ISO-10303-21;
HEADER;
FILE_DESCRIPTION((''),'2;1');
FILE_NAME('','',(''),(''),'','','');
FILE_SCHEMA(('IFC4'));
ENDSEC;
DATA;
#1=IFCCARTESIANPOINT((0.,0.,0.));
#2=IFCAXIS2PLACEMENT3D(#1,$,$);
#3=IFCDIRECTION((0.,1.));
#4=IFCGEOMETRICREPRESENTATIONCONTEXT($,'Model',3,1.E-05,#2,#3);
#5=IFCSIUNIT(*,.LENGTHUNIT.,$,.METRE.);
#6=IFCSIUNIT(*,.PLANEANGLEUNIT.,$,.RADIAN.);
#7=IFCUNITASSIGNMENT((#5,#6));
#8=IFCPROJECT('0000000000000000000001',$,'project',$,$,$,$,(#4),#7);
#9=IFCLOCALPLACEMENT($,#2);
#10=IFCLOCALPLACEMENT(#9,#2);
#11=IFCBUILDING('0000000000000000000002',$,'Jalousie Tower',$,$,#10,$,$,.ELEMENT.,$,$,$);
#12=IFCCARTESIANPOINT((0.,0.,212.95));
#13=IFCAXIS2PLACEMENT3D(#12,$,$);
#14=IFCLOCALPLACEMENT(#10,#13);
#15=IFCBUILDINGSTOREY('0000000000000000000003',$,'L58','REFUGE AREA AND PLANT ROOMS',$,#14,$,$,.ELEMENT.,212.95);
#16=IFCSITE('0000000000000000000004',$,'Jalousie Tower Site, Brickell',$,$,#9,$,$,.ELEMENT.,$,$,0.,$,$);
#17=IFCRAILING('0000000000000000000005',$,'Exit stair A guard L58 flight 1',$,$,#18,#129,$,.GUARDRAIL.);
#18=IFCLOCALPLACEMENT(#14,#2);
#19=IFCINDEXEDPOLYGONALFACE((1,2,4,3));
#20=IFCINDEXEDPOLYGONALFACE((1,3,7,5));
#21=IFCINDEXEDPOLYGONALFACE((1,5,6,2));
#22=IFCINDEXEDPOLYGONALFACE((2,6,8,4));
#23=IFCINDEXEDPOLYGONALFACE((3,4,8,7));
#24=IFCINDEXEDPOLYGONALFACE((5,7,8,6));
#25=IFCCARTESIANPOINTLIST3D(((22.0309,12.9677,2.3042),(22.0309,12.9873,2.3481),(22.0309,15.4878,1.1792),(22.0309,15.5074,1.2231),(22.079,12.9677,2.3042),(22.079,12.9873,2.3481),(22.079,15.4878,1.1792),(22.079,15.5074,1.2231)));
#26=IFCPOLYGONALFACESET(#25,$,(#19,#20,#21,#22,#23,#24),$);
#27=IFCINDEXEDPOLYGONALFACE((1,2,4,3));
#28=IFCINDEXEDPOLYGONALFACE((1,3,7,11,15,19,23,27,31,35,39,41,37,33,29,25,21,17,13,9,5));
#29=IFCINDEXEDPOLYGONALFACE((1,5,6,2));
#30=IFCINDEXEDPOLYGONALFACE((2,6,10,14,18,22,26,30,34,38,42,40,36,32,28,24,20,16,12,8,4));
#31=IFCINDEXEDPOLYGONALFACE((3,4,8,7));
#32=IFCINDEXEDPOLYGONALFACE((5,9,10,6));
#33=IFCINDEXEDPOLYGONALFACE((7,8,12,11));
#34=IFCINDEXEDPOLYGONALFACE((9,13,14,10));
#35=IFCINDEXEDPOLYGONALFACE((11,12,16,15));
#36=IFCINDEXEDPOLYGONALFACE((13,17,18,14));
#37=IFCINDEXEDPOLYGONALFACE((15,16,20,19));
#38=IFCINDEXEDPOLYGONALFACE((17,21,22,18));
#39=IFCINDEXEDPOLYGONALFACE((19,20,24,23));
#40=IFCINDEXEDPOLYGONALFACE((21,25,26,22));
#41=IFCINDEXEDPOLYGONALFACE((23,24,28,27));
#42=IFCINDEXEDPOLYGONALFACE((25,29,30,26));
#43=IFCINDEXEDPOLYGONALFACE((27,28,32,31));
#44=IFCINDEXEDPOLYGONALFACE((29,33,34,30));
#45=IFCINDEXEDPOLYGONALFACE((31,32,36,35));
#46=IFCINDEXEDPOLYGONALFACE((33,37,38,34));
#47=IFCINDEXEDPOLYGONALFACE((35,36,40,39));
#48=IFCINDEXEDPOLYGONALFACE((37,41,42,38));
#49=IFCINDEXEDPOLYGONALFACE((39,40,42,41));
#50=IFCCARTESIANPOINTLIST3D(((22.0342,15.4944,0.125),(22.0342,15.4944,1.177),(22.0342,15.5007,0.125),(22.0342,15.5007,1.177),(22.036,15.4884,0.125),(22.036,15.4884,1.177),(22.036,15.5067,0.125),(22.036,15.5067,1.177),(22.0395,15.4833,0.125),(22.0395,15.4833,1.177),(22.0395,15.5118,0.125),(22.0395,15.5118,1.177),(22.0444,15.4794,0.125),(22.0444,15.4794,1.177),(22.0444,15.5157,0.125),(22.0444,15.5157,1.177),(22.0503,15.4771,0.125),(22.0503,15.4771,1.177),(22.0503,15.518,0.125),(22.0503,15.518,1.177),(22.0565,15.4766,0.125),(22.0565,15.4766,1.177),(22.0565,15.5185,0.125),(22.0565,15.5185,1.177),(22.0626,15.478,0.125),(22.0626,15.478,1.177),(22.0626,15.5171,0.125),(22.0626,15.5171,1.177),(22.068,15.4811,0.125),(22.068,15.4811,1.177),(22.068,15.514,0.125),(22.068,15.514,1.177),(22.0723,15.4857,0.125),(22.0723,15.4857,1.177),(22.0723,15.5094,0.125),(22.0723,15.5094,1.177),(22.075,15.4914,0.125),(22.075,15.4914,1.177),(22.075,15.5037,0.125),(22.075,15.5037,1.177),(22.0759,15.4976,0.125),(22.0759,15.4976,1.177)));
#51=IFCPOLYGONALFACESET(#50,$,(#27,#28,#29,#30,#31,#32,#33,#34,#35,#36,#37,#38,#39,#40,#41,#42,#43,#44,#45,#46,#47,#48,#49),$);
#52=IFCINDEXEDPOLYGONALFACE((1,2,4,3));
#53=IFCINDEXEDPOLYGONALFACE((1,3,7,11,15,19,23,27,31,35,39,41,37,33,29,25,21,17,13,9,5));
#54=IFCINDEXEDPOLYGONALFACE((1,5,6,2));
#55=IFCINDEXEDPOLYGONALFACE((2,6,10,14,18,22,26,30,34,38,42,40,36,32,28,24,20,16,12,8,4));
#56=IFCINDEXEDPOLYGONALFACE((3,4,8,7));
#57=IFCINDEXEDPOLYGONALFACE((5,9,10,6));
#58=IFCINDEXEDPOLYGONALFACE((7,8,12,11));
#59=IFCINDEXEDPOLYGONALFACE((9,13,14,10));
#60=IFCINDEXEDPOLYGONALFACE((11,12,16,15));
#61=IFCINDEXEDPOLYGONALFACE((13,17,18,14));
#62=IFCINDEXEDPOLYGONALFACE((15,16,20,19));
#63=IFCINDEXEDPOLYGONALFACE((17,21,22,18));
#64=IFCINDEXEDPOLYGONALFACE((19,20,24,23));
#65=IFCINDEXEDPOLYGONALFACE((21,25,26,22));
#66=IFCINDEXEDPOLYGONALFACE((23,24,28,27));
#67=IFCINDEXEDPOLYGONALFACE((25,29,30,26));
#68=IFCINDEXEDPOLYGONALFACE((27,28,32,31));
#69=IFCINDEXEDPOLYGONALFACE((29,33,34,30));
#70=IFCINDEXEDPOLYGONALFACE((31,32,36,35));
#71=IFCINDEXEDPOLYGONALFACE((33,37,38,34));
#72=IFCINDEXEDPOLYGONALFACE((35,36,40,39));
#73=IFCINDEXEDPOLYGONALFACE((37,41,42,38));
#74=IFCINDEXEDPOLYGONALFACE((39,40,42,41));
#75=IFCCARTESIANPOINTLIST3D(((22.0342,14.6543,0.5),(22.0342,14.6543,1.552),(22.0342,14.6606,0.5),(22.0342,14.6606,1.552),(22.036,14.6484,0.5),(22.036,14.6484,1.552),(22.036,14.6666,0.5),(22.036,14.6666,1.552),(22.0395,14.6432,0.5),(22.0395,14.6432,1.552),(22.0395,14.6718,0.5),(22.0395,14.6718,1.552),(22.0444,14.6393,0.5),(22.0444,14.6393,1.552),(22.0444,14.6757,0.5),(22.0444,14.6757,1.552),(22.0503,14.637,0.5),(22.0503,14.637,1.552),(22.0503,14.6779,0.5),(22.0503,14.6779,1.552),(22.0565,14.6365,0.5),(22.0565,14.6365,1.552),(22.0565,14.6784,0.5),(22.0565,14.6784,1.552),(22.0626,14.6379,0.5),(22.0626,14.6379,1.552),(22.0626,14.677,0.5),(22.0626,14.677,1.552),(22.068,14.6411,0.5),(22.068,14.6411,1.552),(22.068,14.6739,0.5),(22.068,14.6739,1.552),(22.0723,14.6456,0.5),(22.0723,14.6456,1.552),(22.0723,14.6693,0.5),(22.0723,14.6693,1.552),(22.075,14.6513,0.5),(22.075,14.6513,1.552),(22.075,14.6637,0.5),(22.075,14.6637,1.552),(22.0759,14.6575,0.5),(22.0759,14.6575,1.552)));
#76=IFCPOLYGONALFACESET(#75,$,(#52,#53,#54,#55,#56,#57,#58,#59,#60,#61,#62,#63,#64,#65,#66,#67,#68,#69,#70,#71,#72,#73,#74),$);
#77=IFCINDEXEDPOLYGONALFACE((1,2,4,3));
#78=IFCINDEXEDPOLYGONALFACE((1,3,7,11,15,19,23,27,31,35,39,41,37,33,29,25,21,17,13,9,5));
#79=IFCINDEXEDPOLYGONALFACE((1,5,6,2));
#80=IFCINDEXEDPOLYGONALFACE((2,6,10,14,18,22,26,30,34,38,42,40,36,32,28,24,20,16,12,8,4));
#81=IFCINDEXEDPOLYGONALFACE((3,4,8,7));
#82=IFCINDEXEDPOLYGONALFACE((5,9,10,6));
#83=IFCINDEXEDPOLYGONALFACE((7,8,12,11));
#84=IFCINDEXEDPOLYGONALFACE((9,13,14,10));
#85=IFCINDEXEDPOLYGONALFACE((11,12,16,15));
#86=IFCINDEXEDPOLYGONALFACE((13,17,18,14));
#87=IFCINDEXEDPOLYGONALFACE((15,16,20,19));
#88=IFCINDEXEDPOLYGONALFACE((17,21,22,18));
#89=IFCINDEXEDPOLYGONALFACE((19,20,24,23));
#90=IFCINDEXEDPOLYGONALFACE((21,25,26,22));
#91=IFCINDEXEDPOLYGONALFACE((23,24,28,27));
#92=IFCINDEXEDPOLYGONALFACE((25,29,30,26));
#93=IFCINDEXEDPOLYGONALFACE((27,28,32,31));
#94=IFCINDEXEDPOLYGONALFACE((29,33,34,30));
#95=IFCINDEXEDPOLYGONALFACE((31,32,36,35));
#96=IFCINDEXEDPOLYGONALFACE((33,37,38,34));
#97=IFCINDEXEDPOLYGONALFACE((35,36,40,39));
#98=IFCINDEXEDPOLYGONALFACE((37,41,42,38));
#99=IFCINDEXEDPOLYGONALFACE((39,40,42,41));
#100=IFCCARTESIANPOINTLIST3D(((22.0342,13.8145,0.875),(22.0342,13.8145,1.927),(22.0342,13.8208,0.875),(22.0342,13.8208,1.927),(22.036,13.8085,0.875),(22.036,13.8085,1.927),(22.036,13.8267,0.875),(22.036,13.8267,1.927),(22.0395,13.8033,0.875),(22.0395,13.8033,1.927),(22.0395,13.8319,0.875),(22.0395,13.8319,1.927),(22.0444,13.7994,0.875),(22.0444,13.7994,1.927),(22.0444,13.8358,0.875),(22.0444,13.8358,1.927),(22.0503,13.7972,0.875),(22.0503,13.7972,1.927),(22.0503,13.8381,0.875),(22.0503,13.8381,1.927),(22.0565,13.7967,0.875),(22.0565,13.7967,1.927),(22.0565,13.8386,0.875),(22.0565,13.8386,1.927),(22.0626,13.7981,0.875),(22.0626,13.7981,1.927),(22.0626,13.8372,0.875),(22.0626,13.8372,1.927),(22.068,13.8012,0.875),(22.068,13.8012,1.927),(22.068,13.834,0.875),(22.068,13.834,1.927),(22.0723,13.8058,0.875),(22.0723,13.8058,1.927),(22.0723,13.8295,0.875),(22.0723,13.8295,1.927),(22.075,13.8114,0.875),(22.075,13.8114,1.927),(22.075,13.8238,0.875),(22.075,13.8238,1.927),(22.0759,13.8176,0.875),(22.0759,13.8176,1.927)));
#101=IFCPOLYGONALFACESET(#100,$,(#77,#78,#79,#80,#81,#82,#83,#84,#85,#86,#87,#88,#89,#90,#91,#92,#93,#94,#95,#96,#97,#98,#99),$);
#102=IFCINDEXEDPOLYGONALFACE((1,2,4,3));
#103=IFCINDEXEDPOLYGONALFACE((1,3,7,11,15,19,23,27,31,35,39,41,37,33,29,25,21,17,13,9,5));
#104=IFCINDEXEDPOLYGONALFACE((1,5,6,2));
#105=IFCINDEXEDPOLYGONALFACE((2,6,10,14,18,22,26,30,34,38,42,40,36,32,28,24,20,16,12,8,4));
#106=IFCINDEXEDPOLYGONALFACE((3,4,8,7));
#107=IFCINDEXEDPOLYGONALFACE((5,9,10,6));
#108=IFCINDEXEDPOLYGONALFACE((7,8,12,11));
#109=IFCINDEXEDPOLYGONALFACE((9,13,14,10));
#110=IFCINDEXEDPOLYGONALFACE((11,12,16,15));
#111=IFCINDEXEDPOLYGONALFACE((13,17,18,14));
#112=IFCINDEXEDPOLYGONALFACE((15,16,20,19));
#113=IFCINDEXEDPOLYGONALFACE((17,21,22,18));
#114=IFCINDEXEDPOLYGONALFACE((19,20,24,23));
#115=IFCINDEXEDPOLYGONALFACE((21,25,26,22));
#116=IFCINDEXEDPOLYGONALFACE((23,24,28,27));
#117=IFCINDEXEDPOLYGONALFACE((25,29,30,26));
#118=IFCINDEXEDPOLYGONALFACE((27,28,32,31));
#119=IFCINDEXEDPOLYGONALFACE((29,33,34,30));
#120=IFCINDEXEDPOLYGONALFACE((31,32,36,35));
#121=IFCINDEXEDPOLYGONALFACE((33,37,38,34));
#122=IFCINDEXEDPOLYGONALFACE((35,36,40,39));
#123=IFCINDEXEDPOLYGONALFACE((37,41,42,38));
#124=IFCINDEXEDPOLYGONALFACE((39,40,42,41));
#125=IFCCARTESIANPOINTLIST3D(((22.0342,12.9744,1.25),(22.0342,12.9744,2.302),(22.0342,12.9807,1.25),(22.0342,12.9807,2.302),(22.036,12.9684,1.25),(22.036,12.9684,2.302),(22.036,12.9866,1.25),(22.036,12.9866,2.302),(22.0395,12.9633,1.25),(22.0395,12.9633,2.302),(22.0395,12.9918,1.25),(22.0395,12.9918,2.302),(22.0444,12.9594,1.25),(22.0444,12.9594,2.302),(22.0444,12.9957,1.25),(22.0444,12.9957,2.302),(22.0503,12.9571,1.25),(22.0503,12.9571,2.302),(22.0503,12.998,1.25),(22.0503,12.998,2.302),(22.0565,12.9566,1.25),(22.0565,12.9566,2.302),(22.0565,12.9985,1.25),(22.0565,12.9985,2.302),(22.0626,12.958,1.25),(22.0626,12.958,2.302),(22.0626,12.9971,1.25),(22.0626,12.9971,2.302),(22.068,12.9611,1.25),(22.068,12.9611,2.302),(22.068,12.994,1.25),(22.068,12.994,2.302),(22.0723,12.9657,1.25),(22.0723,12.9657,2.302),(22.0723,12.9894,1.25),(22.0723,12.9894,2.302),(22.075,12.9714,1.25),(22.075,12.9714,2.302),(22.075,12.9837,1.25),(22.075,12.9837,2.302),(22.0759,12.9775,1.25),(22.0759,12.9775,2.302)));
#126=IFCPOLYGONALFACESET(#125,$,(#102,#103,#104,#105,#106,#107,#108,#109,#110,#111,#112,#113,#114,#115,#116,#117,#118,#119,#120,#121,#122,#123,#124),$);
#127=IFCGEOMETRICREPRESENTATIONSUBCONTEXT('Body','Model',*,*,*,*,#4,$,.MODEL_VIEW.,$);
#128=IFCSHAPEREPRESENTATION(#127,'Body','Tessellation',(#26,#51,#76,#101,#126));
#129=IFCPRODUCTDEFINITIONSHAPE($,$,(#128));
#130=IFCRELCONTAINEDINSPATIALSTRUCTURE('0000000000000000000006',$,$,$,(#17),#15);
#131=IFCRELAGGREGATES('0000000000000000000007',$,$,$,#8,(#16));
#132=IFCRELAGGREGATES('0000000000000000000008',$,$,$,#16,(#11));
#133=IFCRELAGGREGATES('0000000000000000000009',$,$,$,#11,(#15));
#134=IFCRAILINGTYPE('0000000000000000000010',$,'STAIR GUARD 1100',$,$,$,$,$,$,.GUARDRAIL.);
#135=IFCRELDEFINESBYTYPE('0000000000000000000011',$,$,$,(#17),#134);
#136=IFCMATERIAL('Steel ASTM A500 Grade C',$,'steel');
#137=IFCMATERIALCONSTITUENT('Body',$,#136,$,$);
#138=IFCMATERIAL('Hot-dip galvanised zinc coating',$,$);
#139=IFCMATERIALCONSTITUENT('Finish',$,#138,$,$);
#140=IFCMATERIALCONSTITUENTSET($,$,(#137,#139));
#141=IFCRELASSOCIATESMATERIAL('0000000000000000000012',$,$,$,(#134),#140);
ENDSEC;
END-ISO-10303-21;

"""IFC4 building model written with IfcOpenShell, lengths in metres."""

from ifc_helpers import new_model, si_unit, direction, frame, origin, origin_2d, place, context, subcontext, project, spatial, rectangle, circle, extrude, material, constituent, constituent_set, type_object, element, save


model = new_model("IFC4")

# Units and contexts
model_context = context("Model", 3, precision=1e-05, world=origin(), true_north=direction((0.0, 1.0)))
body_context = subcontext(model_context, "Body", "Model", "MODEL_VIEW")
ifc_project = project(units=[si_unit("LENGTHUNIT", "METRE"), si_unit("PLANEANGLEUNIT", "RADIAN")], contexts=[model_context])

# Site, building, storey
site_placement = place(None, origin())
site = spatial("IfcSite", under=ifc_project, at=site_placement, Name="Jalousie Tower Site, Brickell", CompositionType="ELEMENT", RefElevation=0.0)
building_placement = place(site_placement, origin())
building = spatial("IfcBuilding", under=site, at=building_placement, Name="Jalousie Tower", CompositionType="ELEMENT")
storey_placement = place(building_placement, frame((0.0, 0.0, 212.95)))
storey = spatial("IfcBuildingStorey", under=building, at=storey_placement, Name="L58", Description="REFUGE AREA AND PLANT ROOMS", CompositionType="ELEMENT", Elevation=212.95)

# Railing
ifc_material_1 = material(Name="Steel ASTM A500 Grade C", Category="steel")
ifc_constituent_1 = constituent(ifc_material_1, Name="Body")
ifc_material_2 = material(Name="Hot-dip galvanised zinc coating")
ifc_constituent_2 = constituent(ifc_material_2, Name="Finish")
ifc_constituent_set_1 = constituent_set(constituents=[ifc_constituent_1, ifc_constituent_2])
railing_type_1 = type_object("IfcRailingType", Name="STAIR GUARD 1100", PredefinedType="GUARDRAIL", material=ifc_constituent_set_1)
for number, where, name in (
    (1, (22.0549, 15.4976, 0.125), "Exit stair A guard L58 flight 1"),
):
    element("IfcRailing", number, at=place(storey_placement, frame(where)), inside=storey, type_object=railing_type_1, Name=name, PredefinedType="GUARDRAIL", context=body_context, shape_type="SweptSolid", body=[
        extrude(rectangle(XDim=0.0481, YDim=0.0481, at=origin_2d()), frame((0.0, 0.0, 1.0762), z_axis=(0.0, -0.913139, 0.407648), x_axis=(1.0, 0.0, 0.0)), (0.0, 0.0, 1.0), 2.7598),
        extrude(circle(Radius=0.021, at=origin_2d()), origin(), (0.0, 0.0, 1.0), 1.052),
        extrude(circle(Radius=0.021, at=origin_2d()), frame((0.0, -0.8401, 0.375)), (0.0, 0.0, 1.0), 1.052),
        extrude(circle(Radius=0.021, at=origin_2d()), frame((0.0, -1.6799, 0.75)), (0.0, 0.0, 1.0), 1.052),
        extrude(circle(Radius=0.021, at=origin_2d()), frame((0.0, -2.52, 1.125)), (0.0, 0.0, 1.0), 1.052),
    ])

save(model, "model.ifc")
